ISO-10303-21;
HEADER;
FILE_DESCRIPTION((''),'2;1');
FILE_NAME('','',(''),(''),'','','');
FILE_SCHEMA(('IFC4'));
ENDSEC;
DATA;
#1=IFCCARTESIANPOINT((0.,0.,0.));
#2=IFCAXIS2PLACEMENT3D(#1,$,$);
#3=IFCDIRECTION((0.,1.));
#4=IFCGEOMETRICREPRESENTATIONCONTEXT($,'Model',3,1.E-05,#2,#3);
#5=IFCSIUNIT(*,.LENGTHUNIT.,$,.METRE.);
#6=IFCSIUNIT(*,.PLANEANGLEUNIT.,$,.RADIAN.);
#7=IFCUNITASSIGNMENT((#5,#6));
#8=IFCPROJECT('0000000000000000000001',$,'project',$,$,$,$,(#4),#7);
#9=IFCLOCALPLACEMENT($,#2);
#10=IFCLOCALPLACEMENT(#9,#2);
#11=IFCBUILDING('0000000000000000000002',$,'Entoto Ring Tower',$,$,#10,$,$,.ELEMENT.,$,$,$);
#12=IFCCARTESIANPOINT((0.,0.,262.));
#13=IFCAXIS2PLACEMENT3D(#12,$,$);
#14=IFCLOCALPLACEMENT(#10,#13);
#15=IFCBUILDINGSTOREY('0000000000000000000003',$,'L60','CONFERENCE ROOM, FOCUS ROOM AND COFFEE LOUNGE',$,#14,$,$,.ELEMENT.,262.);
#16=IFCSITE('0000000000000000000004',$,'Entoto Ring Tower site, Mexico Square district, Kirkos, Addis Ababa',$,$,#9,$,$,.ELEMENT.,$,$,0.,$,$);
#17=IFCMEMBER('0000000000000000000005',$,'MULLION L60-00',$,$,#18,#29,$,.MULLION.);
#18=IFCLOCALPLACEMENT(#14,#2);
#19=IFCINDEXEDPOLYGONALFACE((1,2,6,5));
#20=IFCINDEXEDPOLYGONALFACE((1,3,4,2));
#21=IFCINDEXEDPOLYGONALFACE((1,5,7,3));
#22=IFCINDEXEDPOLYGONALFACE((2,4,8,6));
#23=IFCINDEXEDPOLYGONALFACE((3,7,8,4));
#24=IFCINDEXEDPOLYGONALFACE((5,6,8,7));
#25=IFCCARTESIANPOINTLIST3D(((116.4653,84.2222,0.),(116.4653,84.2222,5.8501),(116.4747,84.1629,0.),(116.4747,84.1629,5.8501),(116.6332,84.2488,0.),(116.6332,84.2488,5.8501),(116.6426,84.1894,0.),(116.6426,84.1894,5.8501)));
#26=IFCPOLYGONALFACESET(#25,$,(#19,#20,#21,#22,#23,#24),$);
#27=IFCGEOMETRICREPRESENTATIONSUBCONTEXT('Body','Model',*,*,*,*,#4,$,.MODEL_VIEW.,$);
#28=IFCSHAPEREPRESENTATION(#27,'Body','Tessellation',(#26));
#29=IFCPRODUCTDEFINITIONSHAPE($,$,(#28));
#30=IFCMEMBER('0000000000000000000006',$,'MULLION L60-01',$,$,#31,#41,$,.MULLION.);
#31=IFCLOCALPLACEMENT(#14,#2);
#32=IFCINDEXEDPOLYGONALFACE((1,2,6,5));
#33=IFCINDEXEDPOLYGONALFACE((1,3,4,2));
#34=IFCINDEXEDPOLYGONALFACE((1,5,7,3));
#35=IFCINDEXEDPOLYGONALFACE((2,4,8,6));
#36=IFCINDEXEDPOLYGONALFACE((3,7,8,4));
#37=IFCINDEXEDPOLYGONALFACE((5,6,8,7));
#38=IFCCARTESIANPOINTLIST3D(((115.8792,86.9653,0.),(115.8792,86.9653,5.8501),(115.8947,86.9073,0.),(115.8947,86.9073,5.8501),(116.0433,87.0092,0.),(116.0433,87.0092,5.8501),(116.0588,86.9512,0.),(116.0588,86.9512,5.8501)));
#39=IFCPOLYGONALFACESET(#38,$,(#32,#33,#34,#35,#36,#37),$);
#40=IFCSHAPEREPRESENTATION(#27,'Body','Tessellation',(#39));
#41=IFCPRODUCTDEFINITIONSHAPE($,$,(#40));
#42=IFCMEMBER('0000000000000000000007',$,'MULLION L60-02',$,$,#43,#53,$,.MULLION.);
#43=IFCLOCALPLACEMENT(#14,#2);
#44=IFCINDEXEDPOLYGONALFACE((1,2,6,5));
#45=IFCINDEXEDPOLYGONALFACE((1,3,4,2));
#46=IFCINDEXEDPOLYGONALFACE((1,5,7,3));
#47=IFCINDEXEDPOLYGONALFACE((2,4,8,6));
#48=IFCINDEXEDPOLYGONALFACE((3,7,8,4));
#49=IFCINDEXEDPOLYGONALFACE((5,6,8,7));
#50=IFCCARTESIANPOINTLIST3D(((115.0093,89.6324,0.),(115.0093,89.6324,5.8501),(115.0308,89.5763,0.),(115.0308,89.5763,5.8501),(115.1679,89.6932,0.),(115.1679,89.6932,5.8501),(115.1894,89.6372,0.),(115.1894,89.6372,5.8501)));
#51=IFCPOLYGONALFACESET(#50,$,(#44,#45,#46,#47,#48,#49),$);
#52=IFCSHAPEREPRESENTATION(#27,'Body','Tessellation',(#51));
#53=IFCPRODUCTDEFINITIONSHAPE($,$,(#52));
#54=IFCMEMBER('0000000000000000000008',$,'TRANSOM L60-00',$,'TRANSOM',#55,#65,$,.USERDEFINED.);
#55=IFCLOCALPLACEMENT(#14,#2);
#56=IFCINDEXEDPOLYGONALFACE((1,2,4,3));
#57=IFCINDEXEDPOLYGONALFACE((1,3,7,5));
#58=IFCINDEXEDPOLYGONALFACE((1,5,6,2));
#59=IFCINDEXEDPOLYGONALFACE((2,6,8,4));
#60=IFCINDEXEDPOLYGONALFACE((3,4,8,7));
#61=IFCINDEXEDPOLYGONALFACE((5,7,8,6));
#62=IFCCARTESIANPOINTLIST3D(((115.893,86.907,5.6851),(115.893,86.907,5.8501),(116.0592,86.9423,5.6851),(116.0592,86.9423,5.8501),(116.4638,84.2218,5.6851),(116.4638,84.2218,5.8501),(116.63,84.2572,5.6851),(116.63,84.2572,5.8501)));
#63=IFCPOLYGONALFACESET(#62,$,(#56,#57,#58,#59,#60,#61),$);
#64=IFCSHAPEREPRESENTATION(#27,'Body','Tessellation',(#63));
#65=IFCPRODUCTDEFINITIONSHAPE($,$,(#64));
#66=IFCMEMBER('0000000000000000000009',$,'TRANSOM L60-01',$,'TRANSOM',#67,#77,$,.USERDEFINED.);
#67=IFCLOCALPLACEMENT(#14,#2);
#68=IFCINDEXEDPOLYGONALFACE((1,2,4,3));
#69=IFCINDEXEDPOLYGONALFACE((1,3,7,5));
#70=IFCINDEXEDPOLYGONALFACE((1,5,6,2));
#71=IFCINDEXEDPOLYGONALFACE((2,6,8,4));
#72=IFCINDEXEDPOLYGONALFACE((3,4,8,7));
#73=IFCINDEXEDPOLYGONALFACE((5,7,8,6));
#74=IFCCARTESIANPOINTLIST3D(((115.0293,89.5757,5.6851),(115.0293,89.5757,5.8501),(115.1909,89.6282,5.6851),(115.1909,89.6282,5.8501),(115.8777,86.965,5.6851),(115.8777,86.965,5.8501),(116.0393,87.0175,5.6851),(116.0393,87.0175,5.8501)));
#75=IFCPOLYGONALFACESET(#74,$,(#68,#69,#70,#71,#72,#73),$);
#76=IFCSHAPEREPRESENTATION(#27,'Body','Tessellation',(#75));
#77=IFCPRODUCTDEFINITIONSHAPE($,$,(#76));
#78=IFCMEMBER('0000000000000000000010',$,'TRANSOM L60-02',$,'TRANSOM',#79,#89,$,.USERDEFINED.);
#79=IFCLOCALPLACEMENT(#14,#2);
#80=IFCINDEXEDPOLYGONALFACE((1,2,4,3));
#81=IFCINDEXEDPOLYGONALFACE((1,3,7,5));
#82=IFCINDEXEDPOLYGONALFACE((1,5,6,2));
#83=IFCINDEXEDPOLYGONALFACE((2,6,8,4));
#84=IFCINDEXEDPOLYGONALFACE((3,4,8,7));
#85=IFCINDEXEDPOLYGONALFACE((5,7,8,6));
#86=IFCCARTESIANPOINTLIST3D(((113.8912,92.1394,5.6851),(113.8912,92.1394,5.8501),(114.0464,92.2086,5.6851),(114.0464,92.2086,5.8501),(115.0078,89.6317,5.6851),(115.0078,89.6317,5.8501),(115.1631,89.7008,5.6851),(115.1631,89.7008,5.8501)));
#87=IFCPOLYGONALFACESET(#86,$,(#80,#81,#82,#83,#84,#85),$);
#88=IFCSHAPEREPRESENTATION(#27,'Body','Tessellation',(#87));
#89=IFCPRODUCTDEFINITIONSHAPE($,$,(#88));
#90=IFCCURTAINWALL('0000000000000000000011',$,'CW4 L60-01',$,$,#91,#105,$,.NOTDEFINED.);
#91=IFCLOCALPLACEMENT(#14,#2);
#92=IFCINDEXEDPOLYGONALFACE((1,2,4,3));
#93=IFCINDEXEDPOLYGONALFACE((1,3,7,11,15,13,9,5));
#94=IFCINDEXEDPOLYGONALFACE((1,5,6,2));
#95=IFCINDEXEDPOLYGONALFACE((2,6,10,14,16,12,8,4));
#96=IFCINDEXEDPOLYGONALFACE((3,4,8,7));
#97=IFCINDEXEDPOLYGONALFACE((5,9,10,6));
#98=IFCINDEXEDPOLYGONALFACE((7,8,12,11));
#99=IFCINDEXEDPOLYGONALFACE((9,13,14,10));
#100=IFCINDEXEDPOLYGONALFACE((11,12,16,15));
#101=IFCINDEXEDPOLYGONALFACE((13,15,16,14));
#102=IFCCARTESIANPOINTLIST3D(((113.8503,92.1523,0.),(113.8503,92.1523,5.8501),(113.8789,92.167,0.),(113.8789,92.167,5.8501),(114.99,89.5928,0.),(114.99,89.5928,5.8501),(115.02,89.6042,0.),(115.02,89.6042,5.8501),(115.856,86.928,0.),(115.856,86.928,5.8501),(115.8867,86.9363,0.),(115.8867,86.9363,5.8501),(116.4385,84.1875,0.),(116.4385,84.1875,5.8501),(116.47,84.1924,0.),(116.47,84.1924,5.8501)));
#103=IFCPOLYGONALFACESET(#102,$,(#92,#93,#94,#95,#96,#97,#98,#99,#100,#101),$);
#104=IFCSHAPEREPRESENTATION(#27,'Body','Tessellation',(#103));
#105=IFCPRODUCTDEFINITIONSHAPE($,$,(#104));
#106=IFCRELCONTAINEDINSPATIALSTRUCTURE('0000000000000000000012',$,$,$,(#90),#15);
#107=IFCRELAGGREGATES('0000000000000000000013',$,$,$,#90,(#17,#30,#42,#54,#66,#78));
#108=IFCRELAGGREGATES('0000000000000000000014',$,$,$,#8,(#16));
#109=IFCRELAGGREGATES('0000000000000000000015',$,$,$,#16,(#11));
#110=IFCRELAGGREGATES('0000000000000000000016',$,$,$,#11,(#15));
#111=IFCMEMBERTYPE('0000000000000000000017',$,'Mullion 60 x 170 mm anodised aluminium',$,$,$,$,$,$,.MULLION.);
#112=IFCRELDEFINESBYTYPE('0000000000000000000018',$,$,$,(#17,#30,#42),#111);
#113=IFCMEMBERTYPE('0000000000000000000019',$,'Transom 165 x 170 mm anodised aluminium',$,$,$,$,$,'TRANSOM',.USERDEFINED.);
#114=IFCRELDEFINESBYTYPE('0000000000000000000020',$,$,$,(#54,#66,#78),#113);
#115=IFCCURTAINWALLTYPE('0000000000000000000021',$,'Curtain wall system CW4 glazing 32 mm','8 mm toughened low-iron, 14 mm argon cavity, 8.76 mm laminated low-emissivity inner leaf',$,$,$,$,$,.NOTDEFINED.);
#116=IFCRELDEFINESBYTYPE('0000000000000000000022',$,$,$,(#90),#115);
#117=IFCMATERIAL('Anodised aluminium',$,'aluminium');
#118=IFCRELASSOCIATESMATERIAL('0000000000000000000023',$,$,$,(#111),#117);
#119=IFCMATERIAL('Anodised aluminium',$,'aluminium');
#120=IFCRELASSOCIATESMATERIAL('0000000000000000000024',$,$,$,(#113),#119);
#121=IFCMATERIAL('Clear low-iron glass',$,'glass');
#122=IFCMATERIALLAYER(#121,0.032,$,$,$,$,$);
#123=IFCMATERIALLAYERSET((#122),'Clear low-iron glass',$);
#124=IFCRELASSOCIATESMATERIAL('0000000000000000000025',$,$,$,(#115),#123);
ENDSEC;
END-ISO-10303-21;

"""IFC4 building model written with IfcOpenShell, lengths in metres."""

from ifc_helpers import new_model, si_unit, direction, frame, origin, origin_2d, place, context, subcontext, project, spatial, polyline, rectangle, outline, extrude, material, layer, layer_set, material_profile, profile_set, type_object, element, aggregate, save


model = new_model("IFC4")

# Units and contexts
model_context = context("Model", 3, precision=1e-05, world=origin(), true_north=direction((0.0, 1.0)))
body_context = subcontext(model_context, "Body", "Model", "MODEL_VIEW")
ifc_project = project(units=[si_unit("LENGTHUNIT", "METRE"), si_unit("PLANEANGLEUNIT", "RADIAN")], contexts=[model_context])

# Members
ifc_material_1 = material(Name="Anodised aluminium", Category="aluminium")
ifc_material_profile_1 = material_profile(ifc_material_1, rectangle(XDim=0.0601, YDim=0.1699, at=origin_2d()), Name="Mullion 60 x 170 mm anodised aluminium")
ifc_profile_set_1 = profile_set([ifc_material_profile_1], Name="Anodised aluminium")
member_type_1 = type_object("IfcMemberType", Name="Mullion 60 x 170 mm anodised aluminium", PredefinedType="MULLION", material=ifc_profile_set_1)
site_placement = place(None, origin())
building_placement = place(site_placement, origin())
storey_placement = place(building_placement, frame((0.0, 0.0, 262.0)))
member_1_placement = place(storey_placement, frame((116.554, 84.2058, 0.0), z_axis=(0.0, 0.0, 1.0), x_axis=(-0.156434, 0.987688, 0.0)))
member_1 = element("IfcMember", 1, at=member_1_placement, type_object=member_type_1, Name="MULLION L60-00", PredefinedType="MULLION", context=body_context, shape_type="SweptSolid", body=[
    extrude(rectangle(XDim=0.0601, YDim=0.1699, at=origin_2d()), origin(), (0.0, 0.0, 1.0), 5.8501),
])
member_2_placement = place(storey_placement, frame((115.969, 86.9583, 0.0), z_axis=(0.0, 0.0, 1.0), x_axis=(-0.258819, 0.965926, 0.0)))
member_2 = element("IfcMember", 2, at=member_2_placement, type_object=member_type_1, Name="MULLION L60-01", PredefinedType="MULLION", context=body_context, shape_type="SweptSolid", body=[
    extrude(rectangle(XDim=0.0601, YDim=0.1699, at=origin_2d()), origin(), (0.0, 0.0, 1.0), 5.8501),
])
member_3_placement = place(storey_placement, frame((115.0994, 89.6348, 0.0), z_axis=(0.0, 0.0, 1.0), x_axis=(-0.358368, 0.93358, 0.0)))
member_3 = element("IfcMember", 3, at=member_3_placement, type_object=member_type_1, Name="MULLION L60-02", PredefinedType="MULLION", context=body_context, shape_type="SweptSolid", body=[
    extrude(rectangle(XDim=0.0601, YDim=0.1699, at=origin_2d()), origin(), (0.0, 0.0, 1.0), 5.8501),
])
ifc_material_2 = material(Name="Anodised aluminium", Category="aluminium")
ifc_material_profile_2 = material_profile(ifc_material_2, rectangle(XDim=0.1699, YDim=0.165, at=origin_2d()), Name="Transom 165 x 170 mm anodised aluminium")
ifc_profile_set_2 = profile_set([ifc_material_profile_2], Name="Anodised aluminium")
member_type_2 = type_object("IfcMemberType", Name="Transom 165 x 170 mm anodised aluminium", ElementType="TRANSOM", PredefinedType="USERDEFINED", material=ifc_profile_set_2)
member_4_placement = place(storey_placement, frame((116.5469, 84.2395, 5.7676), z_axis=(-0.207937, 0.978142, 0.0), x_axis=(-0.978142, -0.207937, 0.0)))
member_4 = element("IfcMember", 4, at=member_4_placement, type_object=member_type_2, Name="TRANSOM L60-00", ObjectType="TRANSOM", PredefinedType="USERDEFINED", context=body_context, shape_type="SweptSolid", body=[
    extrude(rectangle(XDim=0.1699, YDim=0.165, at=origin_2d()), origin(), (0.0, 0.0, 1.0), 2.7451),
])
member_5_placement = place(storey_placement, frame((115.9585, 86.9912, 5.7676), z_axis=(-0.309042, 0.951048, 0.0), x_axis=(-0.951048, -0.309042, 0.0)))
member_5 = element("IfcMember", 5, at=member_5_placement, type_object=member_type_2, Name="TRANSOM L60-01", ObjectType="TRANSOM", PredefinedType="USERDEFINED", context=body_context, shape_type="SweptSolid", body=[
    extrude(rectangle(XDim=0.1699, YDim=0.165, at=origin_2d()), origin(), (0.0, 0.0, 1.0), 2.7451),
])
member_6_placement = place(storey_placement, frame((115.0854, 89.6663, 5.7676), z_axis=(-0.406782, 0.913525, 0.0), x_axis=(-0.913525, -0.406782, 0.0)))
member_6 = element("IfcMember", 6, at=member_6_placement, type_object=member_type_2, Name="TRANSOM L60-02", ObjectType="TRANSOM", PredefinedType="USERDEFINED", context=body_context, shape_type="SweptSolid", body=[
    extrude(rectangle(XDim=0.1699, YDim=0.165, at=origin_2d()), origin(), (0.0, 0.0, 1.0), 2.7451),
])

# Site, building, storey
site = spatial("IfcSite", under=ifc_project, at=site_placement, Name="Entoto Ring Tower site, Mexico Square district, Kirkos, Addis Ababa", CompositionType="ELEMENT", RefElevation=0.0)
building = spatial("IfcBuilding", under=site, at=building_placement, Name="Entoto Ring Tower", CompositionType="ELEMENT")
storey = spatial("IfcBuildingStorey", under=building, at=storey_placement, Name="L60", Description="CONFERENCE ROOM, FOCUS ROOM AND COFFEE LOUNGE", CompositionType="ELEMENT", Elevation=262.0)

# Curtain wall
ifc_material_3 = material(Name="Clear low-iron glass", Category="glass")
ifc_layer_1 = layer(ifc_material_3, 0.032)
ifc_layer_set_1 = layer_set([ifc_layer_1], Name="Clear low-iron glass")
curtain_wall_type = type_object("IfcCurtainWallType", Name="Curtain wall system CW4 glazing 32 mm", Description="8 mm toughened low-iron, 14 mm argon cavity, 8.76 mm laminated low-emissivity inner leaf", PredefinedType="NOTDEFINED", material=ifc_layer_set_1)
curtain_wall_1_placement = place(storey_placement, origin())
curtain_wall_1 = element("IfcCurtainWall", 7, at=curtain_wall_1_placement, inside=storey, type_object=curtain_wall_type, Name="CW4 L60-01", PredefinedType="NOTDEFINED", context=body_context, shape_type="SweptSolid", body=[
    extrude(outline(polyline([(116.47, 84.1924), (115.8867, 86.9363), (115.02, 89.6042), (113.8789, 92.167), (113.8503, 92.1523), (114.99, 89.5928), (115.856, 86.928), (116.4385, 84.1875), (116.47, 84.1924)])), origin(), (0.0, 0.0, 1.0), 5.8501),
])
aggregate(curtain_wall_1, [member_1, member_2, member_3, member_4, member_5, member_6])

save(model, "model.ifc")
